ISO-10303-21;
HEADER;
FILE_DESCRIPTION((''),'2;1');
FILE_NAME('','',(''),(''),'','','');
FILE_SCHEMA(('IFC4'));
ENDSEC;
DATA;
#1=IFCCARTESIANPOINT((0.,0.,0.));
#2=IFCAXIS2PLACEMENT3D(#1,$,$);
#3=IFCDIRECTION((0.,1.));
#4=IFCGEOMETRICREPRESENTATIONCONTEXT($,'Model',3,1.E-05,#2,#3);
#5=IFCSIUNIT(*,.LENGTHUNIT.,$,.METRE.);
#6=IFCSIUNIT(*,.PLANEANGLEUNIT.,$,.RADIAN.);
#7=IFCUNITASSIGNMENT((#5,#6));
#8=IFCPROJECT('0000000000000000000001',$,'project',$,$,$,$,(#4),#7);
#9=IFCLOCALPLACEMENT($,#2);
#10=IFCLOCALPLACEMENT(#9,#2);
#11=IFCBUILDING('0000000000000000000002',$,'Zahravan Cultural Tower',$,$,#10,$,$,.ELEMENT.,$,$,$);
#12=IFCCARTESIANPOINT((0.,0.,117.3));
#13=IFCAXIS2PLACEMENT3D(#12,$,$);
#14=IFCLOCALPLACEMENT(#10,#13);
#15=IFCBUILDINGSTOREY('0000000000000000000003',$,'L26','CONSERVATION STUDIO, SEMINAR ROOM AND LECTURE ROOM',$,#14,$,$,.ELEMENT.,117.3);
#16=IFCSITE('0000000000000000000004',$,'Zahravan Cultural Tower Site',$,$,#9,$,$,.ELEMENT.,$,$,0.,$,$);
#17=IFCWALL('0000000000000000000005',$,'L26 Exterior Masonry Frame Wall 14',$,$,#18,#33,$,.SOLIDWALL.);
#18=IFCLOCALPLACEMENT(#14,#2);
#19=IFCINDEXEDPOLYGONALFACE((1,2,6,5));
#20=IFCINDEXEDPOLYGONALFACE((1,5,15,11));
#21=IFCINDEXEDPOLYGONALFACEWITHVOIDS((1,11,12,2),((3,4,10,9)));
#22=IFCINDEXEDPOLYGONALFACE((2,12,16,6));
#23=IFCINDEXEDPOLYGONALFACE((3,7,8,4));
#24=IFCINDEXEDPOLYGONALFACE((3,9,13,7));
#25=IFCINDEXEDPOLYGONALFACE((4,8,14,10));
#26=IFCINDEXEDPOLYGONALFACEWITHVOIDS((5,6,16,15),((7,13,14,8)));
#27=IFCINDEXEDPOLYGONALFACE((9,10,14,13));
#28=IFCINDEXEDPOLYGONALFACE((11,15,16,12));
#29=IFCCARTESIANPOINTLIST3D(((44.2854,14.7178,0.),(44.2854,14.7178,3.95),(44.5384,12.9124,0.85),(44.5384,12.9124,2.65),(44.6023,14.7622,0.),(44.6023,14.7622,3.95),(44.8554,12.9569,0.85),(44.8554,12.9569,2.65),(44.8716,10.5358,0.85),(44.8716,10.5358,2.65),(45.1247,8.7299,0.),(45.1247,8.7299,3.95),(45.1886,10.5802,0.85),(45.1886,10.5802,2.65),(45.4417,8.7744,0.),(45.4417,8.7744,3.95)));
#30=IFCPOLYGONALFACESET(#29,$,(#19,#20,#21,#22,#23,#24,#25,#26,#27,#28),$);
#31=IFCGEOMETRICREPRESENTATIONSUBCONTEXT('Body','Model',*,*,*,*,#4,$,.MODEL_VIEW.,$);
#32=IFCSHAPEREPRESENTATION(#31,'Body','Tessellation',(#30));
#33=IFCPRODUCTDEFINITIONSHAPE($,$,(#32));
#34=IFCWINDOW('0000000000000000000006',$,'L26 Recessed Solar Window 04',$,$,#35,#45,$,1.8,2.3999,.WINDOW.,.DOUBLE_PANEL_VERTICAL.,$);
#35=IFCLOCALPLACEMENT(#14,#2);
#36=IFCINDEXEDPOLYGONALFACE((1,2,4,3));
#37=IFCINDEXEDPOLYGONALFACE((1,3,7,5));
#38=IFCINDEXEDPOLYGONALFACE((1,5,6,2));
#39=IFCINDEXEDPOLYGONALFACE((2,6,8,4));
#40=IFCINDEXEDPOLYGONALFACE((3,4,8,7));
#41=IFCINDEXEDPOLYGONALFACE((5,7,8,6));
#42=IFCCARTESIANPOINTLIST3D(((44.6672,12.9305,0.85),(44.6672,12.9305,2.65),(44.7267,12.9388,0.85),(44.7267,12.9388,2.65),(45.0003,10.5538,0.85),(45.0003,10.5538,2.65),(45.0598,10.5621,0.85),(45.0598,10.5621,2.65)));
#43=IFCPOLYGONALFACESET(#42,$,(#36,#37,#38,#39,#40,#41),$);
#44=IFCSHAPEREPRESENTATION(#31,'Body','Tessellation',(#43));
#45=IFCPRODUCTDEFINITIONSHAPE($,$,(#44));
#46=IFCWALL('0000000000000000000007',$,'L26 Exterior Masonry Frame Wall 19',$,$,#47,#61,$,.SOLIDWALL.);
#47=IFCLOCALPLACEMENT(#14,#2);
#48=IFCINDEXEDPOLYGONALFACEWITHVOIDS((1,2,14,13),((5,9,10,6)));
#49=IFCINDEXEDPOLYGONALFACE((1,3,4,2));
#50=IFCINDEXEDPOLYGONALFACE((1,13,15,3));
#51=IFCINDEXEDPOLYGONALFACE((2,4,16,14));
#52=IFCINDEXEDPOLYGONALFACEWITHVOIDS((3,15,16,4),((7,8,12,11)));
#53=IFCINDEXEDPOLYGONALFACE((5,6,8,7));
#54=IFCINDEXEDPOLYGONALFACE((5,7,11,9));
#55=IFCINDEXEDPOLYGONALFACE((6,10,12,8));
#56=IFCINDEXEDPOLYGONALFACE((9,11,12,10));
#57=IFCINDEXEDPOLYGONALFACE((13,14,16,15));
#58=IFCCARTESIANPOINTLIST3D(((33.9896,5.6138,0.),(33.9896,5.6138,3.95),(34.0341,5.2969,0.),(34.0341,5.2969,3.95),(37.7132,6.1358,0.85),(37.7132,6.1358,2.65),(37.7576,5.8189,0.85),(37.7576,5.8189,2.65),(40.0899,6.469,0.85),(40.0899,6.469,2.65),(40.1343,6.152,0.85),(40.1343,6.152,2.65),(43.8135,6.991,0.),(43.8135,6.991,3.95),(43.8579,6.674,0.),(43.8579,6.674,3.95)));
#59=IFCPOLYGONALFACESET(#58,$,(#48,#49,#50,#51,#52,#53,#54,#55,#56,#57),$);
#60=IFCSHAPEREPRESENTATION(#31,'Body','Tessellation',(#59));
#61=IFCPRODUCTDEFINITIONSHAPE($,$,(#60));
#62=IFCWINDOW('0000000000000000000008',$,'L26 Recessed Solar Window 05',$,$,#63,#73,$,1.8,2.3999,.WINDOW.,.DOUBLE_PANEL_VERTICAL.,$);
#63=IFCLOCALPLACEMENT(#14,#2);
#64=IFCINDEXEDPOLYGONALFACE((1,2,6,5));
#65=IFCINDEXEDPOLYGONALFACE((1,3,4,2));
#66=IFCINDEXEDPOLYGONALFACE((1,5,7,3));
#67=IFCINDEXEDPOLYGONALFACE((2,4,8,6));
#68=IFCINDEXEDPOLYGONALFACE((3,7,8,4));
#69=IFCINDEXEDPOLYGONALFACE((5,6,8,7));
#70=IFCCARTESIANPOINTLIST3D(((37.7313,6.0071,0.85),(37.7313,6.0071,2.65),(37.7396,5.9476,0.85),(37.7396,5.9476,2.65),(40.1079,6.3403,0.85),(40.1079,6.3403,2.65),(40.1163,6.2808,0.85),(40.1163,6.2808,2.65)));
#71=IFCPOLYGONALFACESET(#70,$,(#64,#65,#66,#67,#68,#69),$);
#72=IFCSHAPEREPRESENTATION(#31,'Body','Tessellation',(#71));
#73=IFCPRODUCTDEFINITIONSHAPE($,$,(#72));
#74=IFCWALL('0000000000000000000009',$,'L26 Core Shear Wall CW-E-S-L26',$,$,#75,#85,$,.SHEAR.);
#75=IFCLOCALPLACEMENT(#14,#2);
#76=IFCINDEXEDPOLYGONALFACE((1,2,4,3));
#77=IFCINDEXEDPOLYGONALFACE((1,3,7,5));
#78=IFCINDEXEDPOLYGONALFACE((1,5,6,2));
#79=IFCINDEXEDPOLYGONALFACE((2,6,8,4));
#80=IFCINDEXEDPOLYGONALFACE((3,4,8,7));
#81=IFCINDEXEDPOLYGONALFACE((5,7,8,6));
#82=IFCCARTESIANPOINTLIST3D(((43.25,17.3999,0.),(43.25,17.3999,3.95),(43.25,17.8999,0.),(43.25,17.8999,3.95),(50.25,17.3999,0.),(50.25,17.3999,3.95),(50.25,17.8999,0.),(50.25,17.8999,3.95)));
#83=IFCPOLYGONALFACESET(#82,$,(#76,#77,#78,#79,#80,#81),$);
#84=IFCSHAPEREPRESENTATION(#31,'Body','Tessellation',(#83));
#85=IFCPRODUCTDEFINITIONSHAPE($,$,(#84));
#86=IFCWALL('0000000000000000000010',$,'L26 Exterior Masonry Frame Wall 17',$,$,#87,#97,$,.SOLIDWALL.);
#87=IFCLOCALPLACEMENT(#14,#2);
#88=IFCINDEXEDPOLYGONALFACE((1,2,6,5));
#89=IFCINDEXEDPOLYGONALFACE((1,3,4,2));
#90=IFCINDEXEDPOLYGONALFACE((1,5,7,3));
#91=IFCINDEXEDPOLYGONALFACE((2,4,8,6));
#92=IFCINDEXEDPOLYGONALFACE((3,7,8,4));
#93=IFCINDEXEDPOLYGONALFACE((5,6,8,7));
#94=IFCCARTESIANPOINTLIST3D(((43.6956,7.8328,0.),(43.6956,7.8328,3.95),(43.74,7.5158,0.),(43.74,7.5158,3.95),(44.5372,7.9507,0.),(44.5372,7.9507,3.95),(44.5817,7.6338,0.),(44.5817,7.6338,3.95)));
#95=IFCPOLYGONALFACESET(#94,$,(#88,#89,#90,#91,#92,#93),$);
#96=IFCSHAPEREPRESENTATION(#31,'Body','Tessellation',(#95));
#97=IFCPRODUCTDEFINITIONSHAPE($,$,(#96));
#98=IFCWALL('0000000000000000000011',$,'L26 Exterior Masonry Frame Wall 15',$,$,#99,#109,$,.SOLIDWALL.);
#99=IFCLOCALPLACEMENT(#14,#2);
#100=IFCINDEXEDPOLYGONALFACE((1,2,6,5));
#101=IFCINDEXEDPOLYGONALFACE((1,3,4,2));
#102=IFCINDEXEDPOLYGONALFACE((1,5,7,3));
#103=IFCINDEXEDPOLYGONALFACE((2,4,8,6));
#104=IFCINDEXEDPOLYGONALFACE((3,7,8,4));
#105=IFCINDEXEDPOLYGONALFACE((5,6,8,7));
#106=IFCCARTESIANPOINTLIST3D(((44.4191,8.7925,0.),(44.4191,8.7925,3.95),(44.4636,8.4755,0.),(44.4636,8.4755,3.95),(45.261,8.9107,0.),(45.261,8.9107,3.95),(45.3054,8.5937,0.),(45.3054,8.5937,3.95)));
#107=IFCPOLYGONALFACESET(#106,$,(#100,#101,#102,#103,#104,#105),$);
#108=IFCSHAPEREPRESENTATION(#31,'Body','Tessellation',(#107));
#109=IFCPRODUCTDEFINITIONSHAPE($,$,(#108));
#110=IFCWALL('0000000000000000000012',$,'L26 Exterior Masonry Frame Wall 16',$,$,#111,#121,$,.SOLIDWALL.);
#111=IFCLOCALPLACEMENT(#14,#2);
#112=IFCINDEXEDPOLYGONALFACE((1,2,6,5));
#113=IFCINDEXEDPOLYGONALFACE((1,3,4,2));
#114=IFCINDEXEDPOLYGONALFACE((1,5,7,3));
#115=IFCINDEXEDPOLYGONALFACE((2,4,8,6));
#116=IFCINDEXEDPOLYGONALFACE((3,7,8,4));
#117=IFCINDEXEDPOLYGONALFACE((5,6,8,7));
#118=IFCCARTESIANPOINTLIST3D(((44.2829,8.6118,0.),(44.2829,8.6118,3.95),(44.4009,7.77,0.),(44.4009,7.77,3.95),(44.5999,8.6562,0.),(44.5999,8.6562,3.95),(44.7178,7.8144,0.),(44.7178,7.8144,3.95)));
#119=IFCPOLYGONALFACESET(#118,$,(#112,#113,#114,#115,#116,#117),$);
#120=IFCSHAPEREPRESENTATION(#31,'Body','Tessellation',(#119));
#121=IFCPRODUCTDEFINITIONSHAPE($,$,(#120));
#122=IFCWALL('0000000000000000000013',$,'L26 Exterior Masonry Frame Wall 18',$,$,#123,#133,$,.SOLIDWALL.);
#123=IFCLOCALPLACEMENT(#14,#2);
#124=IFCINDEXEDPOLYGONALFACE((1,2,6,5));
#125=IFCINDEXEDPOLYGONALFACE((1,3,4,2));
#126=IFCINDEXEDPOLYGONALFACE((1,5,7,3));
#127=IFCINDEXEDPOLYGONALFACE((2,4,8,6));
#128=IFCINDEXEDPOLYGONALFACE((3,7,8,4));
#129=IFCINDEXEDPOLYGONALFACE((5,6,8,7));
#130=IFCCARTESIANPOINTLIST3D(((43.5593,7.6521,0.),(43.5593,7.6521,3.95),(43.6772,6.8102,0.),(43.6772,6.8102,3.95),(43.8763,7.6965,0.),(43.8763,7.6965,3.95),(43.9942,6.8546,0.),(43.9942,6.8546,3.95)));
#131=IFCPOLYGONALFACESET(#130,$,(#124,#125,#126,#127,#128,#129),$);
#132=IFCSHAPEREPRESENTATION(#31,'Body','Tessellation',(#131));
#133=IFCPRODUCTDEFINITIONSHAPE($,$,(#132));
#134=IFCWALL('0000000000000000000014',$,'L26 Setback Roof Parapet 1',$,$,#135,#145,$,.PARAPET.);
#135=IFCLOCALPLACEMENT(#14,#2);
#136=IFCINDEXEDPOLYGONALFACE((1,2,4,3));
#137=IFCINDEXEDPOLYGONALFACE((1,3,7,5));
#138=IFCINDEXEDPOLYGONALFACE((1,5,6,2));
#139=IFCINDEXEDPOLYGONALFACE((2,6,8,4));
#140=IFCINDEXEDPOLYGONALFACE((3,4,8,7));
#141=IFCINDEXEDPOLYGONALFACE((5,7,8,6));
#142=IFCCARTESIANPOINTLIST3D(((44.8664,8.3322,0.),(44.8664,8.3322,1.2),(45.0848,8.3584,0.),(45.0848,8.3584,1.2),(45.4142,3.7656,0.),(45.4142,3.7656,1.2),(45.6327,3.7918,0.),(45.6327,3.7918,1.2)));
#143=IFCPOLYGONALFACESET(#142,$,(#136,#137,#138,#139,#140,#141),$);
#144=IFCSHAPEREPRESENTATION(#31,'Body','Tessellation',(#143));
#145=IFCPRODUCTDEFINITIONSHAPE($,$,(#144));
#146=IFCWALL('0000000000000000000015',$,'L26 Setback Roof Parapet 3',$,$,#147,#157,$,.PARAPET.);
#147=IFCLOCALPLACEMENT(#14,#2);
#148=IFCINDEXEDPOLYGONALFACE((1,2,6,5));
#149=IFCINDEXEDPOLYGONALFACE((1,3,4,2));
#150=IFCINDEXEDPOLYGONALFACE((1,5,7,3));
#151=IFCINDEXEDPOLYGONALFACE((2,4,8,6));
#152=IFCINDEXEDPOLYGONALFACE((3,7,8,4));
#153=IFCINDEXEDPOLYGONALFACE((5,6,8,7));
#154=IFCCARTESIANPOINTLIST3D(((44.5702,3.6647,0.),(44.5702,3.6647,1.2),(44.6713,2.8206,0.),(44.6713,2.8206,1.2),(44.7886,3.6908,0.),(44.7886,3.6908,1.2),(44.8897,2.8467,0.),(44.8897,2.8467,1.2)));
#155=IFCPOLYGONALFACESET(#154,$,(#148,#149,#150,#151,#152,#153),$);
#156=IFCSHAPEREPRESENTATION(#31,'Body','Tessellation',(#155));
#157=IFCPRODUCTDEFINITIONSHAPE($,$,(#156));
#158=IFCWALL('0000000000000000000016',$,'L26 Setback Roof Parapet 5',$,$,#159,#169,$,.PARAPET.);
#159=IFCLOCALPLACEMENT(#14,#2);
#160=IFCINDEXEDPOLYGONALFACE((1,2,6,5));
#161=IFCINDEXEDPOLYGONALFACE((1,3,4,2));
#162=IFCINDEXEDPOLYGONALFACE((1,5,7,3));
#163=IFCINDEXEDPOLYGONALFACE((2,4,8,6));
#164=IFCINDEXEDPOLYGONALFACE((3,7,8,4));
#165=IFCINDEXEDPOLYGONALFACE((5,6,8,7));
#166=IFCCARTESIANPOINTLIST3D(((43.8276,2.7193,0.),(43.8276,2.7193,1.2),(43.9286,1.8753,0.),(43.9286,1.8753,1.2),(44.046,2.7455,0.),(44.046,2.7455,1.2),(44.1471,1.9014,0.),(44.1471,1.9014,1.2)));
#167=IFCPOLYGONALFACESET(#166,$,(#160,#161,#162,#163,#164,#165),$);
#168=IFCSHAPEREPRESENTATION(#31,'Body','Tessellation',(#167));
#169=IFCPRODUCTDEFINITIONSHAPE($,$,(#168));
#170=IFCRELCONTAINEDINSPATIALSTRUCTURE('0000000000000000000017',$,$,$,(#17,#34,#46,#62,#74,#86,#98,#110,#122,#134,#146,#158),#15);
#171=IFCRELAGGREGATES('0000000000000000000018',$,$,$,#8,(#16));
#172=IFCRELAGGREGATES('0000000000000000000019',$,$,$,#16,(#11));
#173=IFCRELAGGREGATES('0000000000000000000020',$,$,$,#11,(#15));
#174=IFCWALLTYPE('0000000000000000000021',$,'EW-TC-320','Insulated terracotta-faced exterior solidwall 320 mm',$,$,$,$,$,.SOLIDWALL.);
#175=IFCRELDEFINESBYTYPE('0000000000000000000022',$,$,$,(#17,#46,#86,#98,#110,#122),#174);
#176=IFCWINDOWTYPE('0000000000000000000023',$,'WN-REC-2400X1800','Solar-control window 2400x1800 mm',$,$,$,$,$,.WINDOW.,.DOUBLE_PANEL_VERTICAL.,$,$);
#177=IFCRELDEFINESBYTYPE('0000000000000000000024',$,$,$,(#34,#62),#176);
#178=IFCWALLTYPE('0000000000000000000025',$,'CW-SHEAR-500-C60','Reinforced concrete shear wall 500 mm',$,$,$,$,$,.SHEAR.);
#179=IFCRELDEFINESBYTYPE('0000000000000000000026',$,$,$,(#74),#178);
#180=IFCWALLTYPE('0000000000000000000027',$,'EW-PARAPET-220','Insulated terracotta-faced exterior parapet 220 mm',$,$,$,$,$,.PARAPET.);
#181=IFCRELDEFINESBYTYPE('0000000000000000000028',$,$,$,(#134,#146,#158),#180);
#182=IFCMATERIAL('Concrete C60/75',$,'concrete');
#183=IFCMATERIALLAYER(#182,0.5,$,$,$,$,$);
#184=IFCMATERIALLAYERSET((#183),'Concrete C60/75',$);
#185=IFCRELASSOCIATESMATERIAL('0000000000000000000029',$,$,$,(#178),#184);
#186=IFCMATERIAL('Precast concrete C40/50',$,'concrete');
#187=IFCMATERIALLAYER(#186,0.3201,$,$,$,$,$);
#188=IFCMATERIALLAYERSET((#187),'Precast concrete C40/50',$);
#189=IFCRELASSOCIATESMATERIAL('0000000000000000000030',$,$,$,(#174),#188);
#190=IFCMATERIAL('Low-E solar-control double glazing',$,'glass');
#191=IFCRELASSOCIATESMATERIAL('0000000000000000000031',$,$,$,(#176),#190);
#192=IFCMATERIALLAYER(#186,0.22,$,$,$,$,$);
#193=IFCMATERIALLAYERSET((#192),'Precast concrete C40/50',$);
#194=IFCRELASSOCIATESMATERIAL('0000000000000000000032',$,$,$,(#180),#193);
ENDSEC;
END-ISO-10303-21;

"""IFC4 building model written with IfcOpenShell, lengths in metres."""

from ifc_helpers import new_model, si_unit, direction, frame, frame_2d, origin, place, context, subcontext, project, spatial, rectangle, extrude, source, transform, mapped, material, layer, layer_set, type_object, element, fill, save


model = new_model("IFC4")

# Units and contexts
model_context = context("Model", 3, precision=1e-05, world=origin(), true_north=direction((0.0, 1.0)))
body_context = subcontext(model_context, "Body", "Model", "MODEL_VIEW")
ifc_project = project(units=[si_unit("LENGTHUNIT", "METRE"), si_unit("PLANEANGLEUNIT", "RADIAN")], contexts=[model_context])

# Site, building, storey
site_placement = place(None, origin())
site = spatial("IfcSite", under=ifc_project, at=site_placement, Name="Zahravan Cultural Tower Site", CompositionType="ELEMENT", RefElevation=0.0)
building_placement = place(site_placement, origin())
building = spatial("IfcBuilding", under=site, at=building_placement, Name="Zahravan Cultural Tower", CompositionType="ELEMENT")
storey_placement = place(building_placement, frame((0.0, 0.0, 117.3)))
storey = spatial("IfcBuildingStorey", under=building, at=storey_placement, Name="L26", Description="CONSERVATION STUDIO, SEMINAR ROOM AND LECTURE ROOM", CompositionType="ELEMENT", Elevation=117.3)

# Shared definitions
ifc_material_1 = material(Name="Concrete C60/75", Category="concrete")

# Shared definitions
ifc_layer_1 = layer(ifc_material_1, 0.5)
ifc_layer_set_1 = layer_set([ifc_layer_1], Name="Concrete C60/75")
wall_type_1 = type_object("IfcWallType", Name="CW-SHEAR-500-C60", Description="Reinforced concrete shear wall 500 mm", PredefinedType="SHEAR", material=ifc_layer_set_1)

# Walls, openings, windows
ifc_material_2 = material(Name="Precast concrete C40/50", Category="concrete")
ifc_layer_2 = layer(ifc_material_2, 0.3201)
ifc_layer_set_2 = layer_set([ifc_layer_2], Name="Precast concrete C40/50")
wall_type_2 = type_object("IfcWallType", Name="EW-TC-320", Description="Insulated terracotta-faced exterior solidwall 320 mm", PredefinedType="SOLIDWALL", material=ifc_layer_set_2)
wall_1_placement = place(storey_placement, frame((44.4438, 14.74, 0.0), z_axis=(0.0, 0.0, 1.0), x_axis=(0.138821, -0.990318, 0.0)))
wall_1 = element("IfcWall", 1, at=wall_1_placement, inside=storey, type_object=wall_type_2, Name="L26 Exterior Masonry Frame Wall 14", PredefinedType="SOLIDWALL", context=body_context, shape_type="SweptSolid", body=[
    extrude(rectangle(XDim=6.0464, YDim=0.3201, at=frame_2d((3.0232, 0.0))), origin(), (0.0, 0.0, 1.0), 3.95),
])
opening_1_placement = place(wall_1_placement, frame((1.823, 0.0, 0.8501)))
opening_1 = element("IfcOpeningElement", 2, at=opening_1_placement, cuts=wall_1, PredefinedType="OPENING", context=body_context, shape_type="SweptSolid", body=[
    extrude(rectangle(XDim=2.3999, YDim=1.8, at=frame_2d((1.2, 0.8999))), frame((0.0, 0.1699, 0.0), z_axis=(0.0, -1.0, 0.0), x_axis=(1.0, 0.0, 0.0)), (0.0, 0.0, 1.0), 0.3401),
])
ifc_material_3 = material(Name="Low-E solar-control double glazing", Category="glass")
window_type = type_object("IfcWindowType", Name="WN-REC-2400X1800", Description="Solar-control window 2400x1800 mm", PartitioningType="DOUBLE_PANEL_VERTICAL", PredefinedType="WINDOW", material=ifc_material_3)
shared_shape_1 = source(origin(), body_context, "Body", "SweptSolid", [
    extrude(rectangle(XDim=2.3999, YDim=1.8, at=frame_2d((1.2, 0.8999))), frame((0.0, 0.03, 0.0), z_axis=(0.0, -1.0, 0.0), x_axis=(1.0, 0.0, 0.0)), (0.0, 0.0, 1.0), 0.0601),
])
window_1_placement = place(opening_1_placement, origin())
window_1 = element("IfcWindow", 3, at=window_1_placement, inside=storey, type_object=window_type, Name="L26 Recessed Solar Window 04", OverallHeight=1.8, OverallWidth=2.3999, PartitioningType="DOUBLE_PANEL_VERTICAL", PredefinedType="WINDOW", context=body_context, shape_type="MappedRepresentation", body=[
    mapped(shared_shape_1, transform((0.0, 0.0, 0.0), x_axis=(1.0, 0.0, 0.0), y_axis=(0.0, 1.0, 0.0), z_axis=(0.0, 0.0, 1.0), scale=1.0)),
])
fill(opening_1, window_1)
wall_2_placement = place(storey_placement, frame((43.8357, 6.8325, 0.0), z_axis=(0.0, 0.0, 1.0), x_axis=(-0.990316, -0.13883, 0.0)))
wall_2 = element("IfcWall", 4, at=wall_2_placement, inside=storey, type_object=wall_type_2, Name="L26 Exterior Masonry Frame Wall 19", PredefinedType="SOLIDWALL", context=body_context, shape_type="SweptSolid", body=[
    extrude(rectangle(XDim=9.9199, YDim=0.3201, at=frame_2d((4.96, 0.0))), origin(), (0.0, 0.0, 1.0), 3.95),
])
opening_2_placement = place(wall_2_placement, frame((3.76, 0.0, 0.8501)))
opening_2 = element("IfcOpeningElement", 5, at=opening_2_placement, cuts=wall_2, PredefinedType="OPENING", context=body_context, shape_type="SweptSolid", body=[
    extrude(rectangle(XDim=2.3999, YDim=1.8, at=frame_2d((1.2, 0.8999))), frame((0.0, 0.1699, 0.0), z_axis=(0.0, -1.0, 0.0), x_axis=(1.0, 0.0, 0.0)), (0.0, 0.0, 1.0), 0.3401),
])
window_2_placement = place(opening_2_placement, origin())
window_2 = element("IfcWindow", 6, at=window_2_placement, inside=storey, type_object=window_type, Name="L26 Recessed Solar Window 05", OverallHeight=1.8, OverallWidth=2.3999, PartitioningType="DOUBLE_PANEL_VERTICAL", PredefinedType="WINDOW", context=body_context, shape_type="MappedRepresentation", body=[
    mapped(shared_shape_1, transform((0.0, 0.0, 0.0), x_axis=(1.0, 0.0, 0.0), y_axis=(0.0, 1.0, 0.0), z_axis=(0.0, 0.0, 1.0), scale=1.0)),
])
fill(opening_2, window_2)

# Walls
shared_shape_2 = source(origin(), body_context, "Body", "SweptSolid", [
    extrude(rectangle(XDim=7.0, YDim=0.5, at=frame_2d((3.5, 0.0))), origin(), (0.0, 0.0, 1.0), 3.95),
])
wall_3_placement = place(storey_placement, frame((43.25, 17.6499, 0.0), z_axis=(0.0, 0.0, 1.0), x_axis=(1.0, 0.0, 0.0)))
element("IfcWall", 7, at=wall_3_placement, inside=storey, type_object=wall_type_1, Name="L26 Core Shear Wall CW-E-S-L26", PredefinedType="SHEAR", context=body_context, shape_type="MappedRepresentation", body=[
    mapped(shared_shape_2, transform((0.0, 0.0, 0.0), x_axis=(1.0, 0.0, 0.0), y_axis=(0.0, 1.0, 0.0), z_axis=(0.0, 0.0, 1.0), scale=1.0)),
])
shared_shape_3 = source(origin(), body_context, "Body", "SweptSolid", [
    extrude(rectangle(XDim=0.8499, YDim=0.3201, at=frame_2d((0.4248, 0.0))), origin(), (0.0, 0.0, 1.0), 3.95),
])
wall_4_placement = place(storey_placement, frame((44.5593, 7.7922, 0.0), z_axis=(0.0, 0.0, 1.0), x_axis=(-0.990325, -0.138766, 0.0)))
element("IfcWall", 8, at=wall_4_placement, inside=storey, type_object=wall_type_2, Name="L26 Exterior Masonry Frame Wall 17", PredefinedType="SOLIDWALL", context=body_context, shape_type="MappedRepresentation", body=[
    mapped(shared_shape_3, transform((0.0, 0.0, 0.0), x_axis=(1.0, 0.0, 0.0), y_axis=(0.0, 1.0, 0.0), z_axis=(0.0, 0.0, 1.0), scale=1.0)),
])
shared_shape_4 = source(origin(), body_context, "Body", "SweptSolid", [
    extrude(rectangle(XDim=0.8501, YDim=0.3201, at=frame_2d((0.425, 0.0))), origin(), (0.0, 0.0, 1.0), 3.95),
])
for number, where, z_axis, x_axis, name in (
    (9, (45.2832, 8.7522, 0.0), (0.0, 0.0, 1.0), (-0.990291, -0.139008, 0.0), "L26 Exterior Masonry Frame Wall 15"),
    (10, (44.4414, 8.634, 0.0), (0.0, 0.0, 1.0), (0.138727, -0.990331, 0.0), "L26 Exterior Masonry Frame Wall 16"),
    (11, (43.7178, 7.6743, 0.0), (0.0, 0.0, 1.0), (0.138727, -0.990331, 0.0), "L26 Exterior Masonry Frame Wall 18"),
):
    element("IfcWall", number, at=place(storey_placement, frame(where, z_axis=z_axis, x_axis=x_axis)), inside=storey, type_object=wall_type_2, Name=name, PredefinedType="SOLIDWALL", context=body_context, shape_type="MappedRepresentation", body=[
        mapped(shared_shape_4, transform((0.0, 0.0, 0.0), x_axis=(1.0, 0.0, 0.0), y_axis=(0.0, 1.0, 0.0), z_axis=(0.0, 0.0, 1.0), scale=1.0)),
    ])
ifc_layer_3 = layer(ifc_material_2, 0.22)
ifc_layer_set_3 = layer_set([ifc_layer_3], Name="Precast concrete C40/50")
wall_type_3 = type_object("IfcWallType", Name="EW-PARAPET-220", Description="Insulated terracotta-faced exterior parapet 220 mm", PredefinedType="PARAPET", material=ifc_layer_set_3)
shared_shape_5 = source(origin(), body_context, "Body", "SweptSolid", [
    extrude(rectangle(XDim=4.5994, YDim=0.22, at=frame_2d((2.2998, 0.0))), origin(), (0.0, 0.0, 1.0), 1.2),
])
wall_5_placement = place(storey_placement, frame((44.9756, 8.3455, 0.0), z_axis=(0.0, 0.0, 1.0), x_axis=(0.119114, -0.992881, 0.0)))
element("IfcWall", 12, at=wall_5_placement, inside=storey, type_object=wall_type_3, Name="L26 Setback Roof Parapet 1", PredefinedType="PARAPET", context=body_context, shape_type="MappedRepresentation", body=[
    mapped(shared_shape_5, transform((0.0, 0.0, 0.0), x_axis=(1.0, 0.0, 0.0), y_axis=(0.0, 1.0, 0.0), z_axis=(0.0, 0.0, 1.0), scale=1.0)),
])
shared_shape_6 = source(origin(), body_context, "Body", "SweptSolid", [
    extrude(rectangle(XDim=0.8501, YDim=0.22, at=frame_2d((0.425, 0.0))), origin(), (0.0, 0.0, 1.0), 1.2),
])
for number, where, z_axis, x_axis, name in (
    (13, (44.6794, 3.6777, 0.0), (0.0, 0.0, 1.0), (0.118907, -0.992905, 0.0), "L26 Setback Roof Parapet 3"),
    (14, (43.9368, 2.7324, 0.0), (0.0, 0.0, 1.0), (0.118907, -0.992905, 0.0), "L26 Setback Roof Parapet 5"),
):
    element("IfcWall", number, at=place(storey_placement, frame(where, z_axis=z_axis, x_axis=x_axis)), inside=storey, type_object=wall_type_3, Name=name, PredefinedType="PARAPET", context=body_context, shape_type="MappedRepresentation", body=[
        mapped(shared_shape_6, transform((0.0, 0.0, 0.0), x_axis=(1.0, 0.0, 0.0), y_axis=(0.0, 1.0, 0.0), z_axis=(0.0, 0.0, 1.0), scale=1.0)),
    ])

save(model, "model.ifc")
